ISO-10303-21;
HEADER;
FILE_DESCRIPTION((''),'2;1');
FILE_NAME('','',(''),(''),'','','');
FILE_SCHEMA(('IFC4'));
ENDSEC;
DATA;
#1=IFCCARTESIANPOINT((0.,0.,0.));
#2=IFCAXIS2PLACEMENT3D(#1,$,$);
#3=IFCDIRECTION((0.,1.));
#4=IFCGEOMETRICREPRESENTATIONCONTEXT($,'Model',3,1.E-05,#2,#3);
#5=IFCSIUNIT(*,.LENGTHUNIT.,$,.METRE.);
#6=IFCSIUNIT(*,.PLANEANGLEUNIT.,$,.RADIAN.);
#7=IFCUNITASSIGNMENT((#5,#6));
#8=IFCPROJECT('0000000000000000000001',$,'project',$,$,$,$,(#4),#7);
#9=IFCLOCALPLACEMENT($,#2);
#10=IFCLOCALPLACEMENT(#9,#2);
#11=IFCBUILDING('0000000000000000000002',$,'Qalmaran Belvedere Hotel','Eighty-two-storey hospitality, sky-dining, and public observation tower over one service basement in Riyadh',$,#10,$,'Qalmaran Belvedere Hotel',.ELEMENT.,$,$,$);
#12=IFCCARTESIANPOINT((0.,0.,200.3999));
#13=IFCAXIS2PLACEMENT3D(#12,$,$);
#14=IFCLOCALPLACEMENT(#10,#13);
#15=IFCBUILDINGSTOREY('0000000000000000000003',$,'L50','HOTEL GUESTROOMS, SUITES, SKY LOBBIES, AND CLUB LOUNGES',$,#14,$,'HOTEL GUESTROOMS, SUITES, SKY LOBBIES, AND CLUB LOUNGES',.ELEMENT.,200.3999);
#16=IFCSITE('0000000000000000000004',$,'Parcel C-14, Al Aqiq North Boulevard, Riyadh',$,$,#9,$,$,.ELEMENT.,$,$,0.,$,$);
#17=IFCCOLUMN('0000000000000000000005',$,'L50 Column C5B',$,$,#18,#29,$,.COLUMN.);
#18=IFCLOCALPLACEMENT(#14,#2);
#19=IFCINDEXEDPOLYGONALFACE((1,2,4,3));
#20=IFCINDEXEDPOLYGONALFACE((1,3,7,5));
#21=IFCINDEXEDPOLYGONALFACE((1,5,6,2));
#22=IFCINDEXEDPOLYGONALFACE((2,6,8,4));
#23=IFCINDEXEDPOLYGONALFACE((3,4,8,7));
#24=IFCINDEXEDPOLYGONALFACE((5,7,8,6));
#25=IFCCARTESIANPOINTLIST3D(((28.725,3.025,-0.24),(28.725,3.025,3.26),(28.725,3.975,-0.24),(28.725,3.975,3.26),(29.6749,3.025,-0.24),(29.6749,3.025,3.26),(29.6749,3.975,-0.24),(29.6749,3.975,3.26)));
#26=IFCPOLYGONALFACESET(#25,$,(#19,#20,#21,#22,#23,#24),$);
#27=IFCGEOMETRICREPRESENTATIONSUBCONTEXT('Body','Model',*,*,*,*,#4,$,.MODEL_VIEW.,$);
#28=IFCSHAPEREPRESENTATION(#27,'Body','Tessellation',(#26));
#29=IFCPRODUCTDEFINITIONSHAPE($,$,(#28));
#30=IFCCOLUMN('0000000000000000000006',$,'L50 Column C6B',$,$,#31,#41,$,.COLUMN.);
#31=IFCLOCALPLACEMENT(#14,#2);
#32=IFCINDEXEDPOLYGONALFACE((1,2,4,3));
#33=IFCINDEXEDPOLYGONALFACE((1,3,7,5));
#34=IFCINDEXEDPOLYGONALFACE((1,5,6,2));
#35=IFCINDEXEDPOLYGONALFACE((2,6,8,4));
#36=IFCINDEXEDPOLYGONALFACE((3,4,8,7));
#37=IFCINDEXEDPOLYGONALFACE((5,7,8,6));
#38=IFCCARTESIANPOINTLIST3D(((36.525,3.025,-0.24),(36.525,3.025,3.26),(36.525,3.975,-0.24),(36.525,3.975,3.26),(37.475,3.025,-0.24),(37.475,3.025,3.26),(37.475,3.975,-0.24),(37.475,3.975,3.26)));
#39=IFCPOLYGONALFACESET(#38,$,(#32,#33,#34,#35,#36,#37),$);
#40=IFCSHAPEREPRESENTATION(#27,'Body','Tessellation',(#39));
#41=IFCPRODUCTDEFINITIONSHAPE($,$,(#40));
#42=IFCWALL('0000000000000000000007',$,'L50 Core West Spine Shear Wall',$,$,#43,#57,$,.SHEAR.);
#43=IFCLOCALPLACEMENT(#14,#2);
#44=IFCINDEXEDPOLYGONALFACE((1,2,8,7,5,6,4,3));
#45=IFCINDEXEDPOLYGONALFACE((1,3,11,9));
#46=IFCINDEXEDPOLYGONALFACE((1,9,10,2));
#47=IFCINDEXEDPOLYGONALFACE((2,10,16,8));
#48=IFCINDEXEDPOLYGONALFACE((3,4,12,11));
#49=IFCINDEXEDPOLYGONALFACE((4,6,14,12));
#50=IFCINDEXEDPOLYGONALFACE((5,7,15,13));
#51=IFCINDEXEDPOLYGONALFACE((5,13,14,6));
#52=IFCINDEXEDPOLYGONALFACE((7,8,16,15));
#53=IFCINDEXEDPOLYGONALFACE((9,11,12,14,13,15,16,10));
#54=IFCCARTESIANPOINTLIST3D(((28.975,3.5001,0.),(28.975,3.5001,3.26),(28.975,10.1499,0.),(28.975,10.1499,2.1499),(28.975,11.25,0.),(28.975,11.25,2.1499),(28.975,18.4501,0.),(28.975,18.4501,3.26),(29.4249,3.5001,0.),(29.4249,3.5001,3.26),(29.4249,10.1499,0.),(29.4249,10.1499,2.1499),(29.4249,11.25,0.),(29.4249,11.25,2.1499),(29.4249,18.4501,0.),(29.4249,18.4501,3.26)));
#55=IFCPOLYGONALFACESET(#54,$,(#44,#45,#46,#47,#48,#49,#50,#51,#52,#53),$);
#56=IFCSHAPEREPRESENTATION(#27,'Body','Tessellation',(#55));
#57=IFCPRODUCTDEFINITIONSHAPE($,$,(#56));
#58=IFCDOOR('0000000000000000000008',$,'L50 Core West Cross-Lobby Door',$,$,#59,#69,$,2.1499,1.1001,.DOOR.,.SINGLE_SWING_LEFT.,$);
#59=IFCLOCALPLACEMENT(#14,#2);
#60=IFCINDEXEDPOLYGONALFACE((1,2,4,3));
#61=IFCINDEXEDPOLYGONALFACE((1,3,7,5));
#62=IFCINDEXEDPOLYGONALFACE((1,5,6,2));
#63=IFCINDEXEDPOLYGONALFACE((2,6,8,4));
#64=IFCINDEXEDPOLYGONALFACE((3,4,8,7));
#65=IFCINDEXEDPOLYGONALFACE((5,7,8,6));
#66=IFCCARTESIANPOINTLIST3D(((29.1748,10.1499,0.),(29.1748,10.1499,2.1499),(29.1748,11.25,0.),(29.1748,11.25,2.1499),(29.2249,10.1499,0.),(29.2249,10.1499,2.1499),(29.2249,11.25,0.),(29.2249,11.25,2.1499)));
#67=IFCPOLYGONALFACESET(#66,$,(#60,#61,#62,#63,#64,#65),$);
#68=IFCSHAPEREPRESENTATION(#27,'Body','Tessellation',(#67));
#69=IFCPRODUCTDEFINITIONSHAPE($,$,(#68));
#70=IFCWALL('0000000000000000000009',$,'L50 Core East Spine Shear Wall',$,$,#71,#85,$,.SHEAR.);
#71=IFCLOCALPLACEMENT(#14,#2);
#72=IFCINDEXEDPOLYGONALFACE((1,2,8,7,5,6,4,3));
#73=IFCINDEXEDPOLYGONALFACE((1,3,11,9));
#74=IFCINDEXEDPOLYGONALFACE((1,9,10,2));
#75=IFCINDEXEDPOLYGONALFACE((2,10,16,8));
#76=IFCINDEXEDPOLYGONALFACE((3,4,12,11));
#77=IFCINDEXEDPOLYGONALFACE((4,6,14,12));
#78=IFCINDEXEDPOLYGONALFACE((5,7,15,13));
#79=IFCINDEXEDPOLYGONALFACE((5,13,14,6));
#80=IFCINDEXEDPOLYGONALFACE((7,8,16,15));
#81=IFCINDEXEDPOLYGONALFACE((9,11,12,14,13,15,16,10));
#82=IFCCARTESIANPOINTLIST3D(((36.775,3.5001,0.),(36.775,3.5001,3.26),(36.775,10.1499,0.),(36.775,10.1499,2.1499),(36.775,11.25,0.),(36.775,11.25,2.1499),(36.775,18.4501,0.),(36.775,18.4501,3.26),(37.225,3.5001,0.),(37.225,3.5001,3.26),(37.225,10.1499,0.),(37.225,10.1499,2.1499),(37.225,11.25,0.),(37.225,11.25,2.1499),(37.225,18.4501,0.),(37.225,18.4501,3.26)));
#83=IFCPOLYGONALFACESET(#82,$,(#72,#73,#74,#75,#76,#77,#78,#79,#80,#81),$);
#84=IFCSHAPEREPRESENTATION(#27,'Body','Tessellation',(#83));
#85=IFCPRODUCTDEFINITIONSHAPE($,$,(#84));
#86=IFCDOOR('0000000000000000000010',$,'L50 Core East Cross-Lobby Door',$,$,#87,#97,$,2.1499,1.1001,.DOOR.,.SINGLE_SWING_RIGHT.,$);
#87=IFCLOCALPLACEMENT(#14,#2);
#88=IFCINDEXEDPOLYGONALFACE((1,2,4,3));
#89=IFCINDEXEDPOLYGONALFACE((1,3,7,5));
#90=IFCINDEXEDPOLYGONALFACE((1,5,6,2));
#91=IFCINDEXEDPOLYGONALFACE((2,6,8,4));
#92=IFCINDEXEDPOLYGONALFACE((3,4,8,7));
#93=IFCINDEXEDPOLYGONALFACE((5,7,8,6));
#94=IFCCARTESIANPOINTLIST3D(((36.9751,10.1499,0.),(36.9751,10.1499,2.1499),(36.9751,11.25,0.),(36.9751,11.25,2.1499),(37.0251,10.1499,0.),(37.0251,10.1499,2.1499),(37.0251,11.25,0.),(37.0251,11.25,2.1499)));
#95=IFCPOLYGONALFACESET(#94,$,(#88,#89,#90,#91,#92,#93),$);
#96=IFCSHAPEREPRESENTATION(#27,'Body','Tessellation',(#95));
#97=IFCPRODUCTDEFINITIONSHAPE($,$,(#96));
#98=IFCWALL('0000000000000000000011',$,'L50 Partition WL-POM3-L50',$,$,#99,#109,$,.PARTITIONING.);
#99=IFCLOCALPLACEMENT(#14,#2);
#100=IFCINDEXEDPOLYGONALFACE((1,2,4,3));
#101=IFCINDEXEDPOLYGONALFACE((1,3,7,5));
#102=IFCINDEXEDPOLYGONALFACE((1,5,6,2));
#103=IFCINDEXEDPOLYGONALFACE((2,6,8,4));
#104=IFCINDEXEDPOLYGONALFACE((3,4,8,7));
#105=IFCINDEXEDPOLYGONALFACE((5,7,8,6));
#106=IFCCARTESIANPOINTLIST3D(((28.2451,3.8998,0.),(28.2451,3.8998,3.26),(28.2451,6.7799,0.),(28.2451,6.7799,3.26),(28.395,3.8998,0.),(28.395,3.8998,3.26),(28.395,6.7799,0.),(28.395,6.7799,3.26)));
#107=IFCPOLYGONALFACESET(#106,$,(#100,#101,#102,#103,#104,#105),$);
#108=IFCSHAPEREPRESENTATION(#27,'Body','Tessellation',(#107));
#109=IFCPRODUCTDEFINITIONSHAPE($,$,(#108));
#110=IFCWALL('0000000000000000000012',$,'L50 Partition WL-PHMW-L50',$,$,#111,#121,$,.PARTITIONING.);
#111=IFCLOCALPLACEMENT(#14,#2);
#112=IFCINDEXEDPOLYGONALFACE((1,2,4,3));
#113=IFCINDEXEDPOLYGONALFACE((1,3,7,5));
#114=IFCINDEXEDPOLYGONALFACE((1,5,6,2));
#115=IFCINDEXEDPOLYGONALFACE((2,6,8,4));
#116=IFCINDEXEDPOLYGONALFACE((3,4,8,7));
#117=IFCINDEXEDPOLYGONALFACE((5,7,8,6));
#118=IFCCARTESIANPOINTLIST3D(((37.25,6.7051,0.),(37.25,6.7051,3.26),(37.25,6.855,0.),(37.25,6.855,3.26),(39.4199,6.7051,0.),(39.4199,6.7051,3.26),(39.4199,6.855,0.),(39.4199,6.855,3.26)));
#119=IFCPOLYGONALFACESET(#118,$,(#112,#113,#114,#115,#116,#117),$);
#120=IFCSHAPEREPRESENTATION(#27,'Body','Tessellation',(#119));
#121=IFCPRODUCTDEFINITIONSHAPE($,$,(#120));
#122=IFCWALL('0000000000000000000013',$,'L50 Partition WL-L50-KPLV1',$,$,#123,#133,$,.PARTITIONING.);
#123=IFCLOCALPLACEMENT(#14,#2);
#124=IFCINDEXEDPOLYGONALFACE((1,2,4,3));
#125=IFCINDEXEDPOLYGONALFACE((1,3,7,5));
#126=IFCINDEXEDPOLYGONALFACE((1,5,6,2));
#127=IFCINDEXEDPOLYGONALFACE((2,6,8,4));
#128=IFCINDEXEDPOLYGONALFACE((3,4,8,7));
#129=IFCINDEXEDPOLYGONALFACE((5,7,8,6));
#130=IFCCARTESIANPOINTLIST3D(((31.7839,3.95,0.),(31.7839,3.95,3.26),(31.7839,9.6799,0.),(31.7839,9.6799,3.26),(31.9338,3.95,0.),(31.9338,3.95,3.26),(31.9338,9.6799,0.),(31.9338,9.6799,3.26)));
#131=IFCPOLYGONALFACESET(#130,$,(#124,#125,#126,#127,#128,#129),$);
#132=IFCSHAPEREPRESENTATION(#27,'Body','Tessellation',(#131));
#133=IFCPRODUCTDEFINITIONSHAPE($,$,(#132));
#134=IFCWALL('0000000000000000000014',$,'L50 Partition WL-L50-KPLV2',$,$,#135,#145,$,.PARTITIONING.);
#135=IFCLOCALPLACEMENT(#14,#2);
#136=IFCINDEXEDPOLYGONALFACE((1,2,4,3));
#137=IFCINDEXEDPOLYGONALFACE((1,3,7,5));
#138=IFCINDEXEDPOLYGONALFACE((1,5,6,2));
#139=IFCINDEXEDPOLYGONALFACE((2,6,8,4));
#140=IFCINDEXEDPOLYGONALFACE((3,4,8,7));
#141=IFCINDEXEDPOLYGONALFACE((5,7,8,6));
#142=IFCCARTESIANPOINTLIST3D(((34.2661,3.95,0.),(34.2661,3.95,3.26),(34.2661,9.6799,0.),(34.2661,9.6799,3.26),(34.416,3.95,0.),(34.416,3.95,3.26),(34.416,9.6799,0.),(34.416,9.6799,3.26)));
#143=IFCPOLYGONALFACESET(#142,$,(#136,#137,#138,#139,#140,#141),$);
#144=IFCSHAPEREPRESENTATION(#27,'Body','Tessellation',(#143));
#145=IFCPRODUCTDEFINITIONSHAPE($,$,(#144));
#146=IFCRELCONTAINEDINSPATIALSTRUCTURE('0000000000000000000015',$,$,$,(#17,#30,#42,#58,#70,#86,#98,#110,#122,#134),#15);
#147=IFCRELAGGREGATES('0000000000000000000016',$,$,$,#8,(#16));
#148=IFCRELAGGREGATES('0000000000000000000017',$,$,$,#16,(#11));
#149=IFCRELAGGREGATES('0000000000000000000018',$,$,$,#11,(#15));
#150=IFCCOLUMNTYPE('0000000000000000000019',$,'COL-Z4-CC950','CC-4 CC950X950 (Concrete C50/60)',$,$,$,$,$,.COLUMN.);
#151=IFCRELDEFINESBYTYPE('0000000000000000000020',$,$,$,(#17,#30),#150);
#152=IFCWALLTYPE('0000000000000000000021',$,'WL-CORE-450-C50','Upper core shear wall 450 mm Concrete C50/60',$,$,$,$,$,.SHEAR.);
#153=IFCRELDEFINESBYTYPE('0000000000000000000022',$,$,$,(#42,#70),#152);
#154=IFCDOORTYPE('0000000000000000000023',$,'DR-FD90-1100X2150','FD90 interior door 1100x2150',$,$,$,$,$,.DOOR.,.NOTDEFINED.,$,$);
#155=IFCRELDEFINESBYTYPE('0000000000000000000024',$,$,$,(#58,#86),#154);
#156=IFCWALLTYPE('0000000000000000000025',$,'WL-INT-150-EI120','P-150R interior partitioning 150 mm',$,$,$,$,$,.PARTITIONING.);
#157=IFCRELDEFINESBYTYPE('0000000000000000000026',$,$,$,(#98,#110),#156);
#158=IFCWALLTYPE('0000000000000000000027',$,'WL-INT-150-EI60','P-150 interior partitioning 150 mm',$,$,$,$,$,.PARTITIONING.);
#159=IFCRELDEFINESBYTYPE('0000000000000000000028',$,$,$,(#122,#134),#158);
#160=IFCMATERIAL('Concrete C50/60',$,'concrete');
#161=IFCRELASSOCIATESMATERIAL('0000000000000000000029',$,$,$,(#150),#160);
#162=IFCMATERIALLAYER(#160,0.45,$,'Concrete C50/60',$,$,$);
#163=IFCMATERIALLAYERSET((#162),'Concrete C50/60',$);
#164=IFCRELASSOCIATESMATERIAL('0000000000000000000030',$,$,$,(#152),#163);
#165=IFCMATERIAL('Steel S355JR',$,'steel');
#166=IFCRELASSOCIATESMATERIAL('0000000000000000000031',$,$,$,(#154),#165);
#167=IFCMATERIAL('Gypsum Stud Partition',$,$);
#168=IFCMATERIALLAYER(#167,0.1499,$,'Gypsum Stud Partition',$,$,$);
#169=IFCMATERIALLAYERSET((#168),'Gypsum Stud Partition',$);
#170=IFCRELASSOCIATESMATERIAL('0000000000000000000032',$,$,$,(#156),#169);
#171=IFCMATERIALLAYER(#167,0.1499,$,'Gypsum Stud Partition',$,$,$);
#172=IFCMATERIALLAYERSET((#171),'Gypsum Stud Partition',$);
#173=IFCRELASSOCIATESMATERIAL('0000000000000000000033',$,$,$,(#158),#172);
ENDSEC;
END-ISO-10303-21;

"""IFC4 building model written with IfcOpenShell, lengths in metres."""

from ifc_helpers import new_model, si_unit, direction, frame, frame_2d, origin, origin_2d, place, context, subcontext, project, spatial, rectangle, extrude, material, layer, layer_set, material_profile, profile_set, type_object, element, fill, save


model = new_model("IFC4")

# Units and contexts
model_context = context("Model", 3, precision=1e-05, world=origin(), true_north=direction((0.0, 1.0)))
body_context = subcontext(model_context, "Body", "Model", "MODEL_VIEW")
ifc_project = project(units=[si_unit("LENGTHUNIT", "METRE"), si_unit("PLANEANGLEUNIT", "RADIAN")], contexts=[model_context])

# Site, building, storey
site_placement = place(None, origin())
site = spatial("IfcSite", under=ifc_project, at=site_placement, Name="Parcel C-14, Al Aqiq North Boulevard, Riyadh", CompositionType="ELEMENT", RefElevation=0.0)
building_placement = place(site_placement, origin())
building = spatial("IfcBuilding", under=site, at=building_placement, Name="Qalmaran Belvedere Hotel", Description="Eighty-two-storey hospitality, sky-dining, and public observation tower over one service basement in Riyadh", LongName="Qalmaran Belvedere Hotel", CompositionType="ELEMENT")
storey_placement = place(building_placement, frame((0.0, 0.0, 200.3999)))
storey = spatial("IfcBuildingStorey", under=building, at=storey_placement, Name="L50", Description="HOTEL GUESTROOMS, SUITES, SKY LOBBIES, AND CLUB LOUNGES", LongName="HOTEL GUESTROOMS, SUITES, SKY LOBBIES, AND CLUB LOUNGES", CompositionType="ELEMENT", Elevation=200.3999)

# Columns
ifc_material_1 = material(Name="Concrete C50/60", Category="concrete")
ifc_material_profile = material_profile(ifc_material_1, rectangle(XDim=0.95, YDim=0.95, at=origin_2d()), Name="CC950X950")
ifc_profile_set = profile_set([ifc_material_profile], Name="Concrete C50/60")
column_type = type_object("IfcColumnType", Name="COL-Z4-CC950", Description="CC-4 CC950X950 (Concrete C50/60)", PredefinedType="COLUMN", material=ifc_profile_set)
for number, where, z_axis, x_axis, name in (
    (1, (29.2, 3.5, -0.24), (0.0, 0.0, 1.0), (1.0, 0.0, 0.0), "L50 Column C5B"),
    (2, (37.0, 3.5, -0.24), (0.0, 0.0, 1.0), (1.0, 0.0, 0.0), "L50 Column C6B"),
):
    element("IfcColumn", number, at=place(storey_placement, frame(where, z_axis=z_axis, x_axis=x_axis)), inside=storey, type_object=column_type, Name=name, PredefinedType="COLUMN", context=body_context, shape_type="SweptSolid", body=[
        extrude(rectangle(XDim=0.95, YDim=0.95, at=origin_2d()), origin(), (0.0, 0.0, 1.0), 3.5),
    ])

# Walls, openings, doors
ifc_layer_1 = layer(ifc_material_1, 0.45, Name="Concrete C50/60")
ifc_layer_set_1 = layer_set([ifc_layer_1], Name="Concrete C50/60")
wall_type_1 = type_object("IfcWallType", Name="WL-CORE-450-C50", Description="Upper core shear wall 450 mm Concrete C50/60", PredefinedType="SHEAR", material=ifc_layer_set_1)
wall_1_placement = place(storey_placement, frame((29.2, 3.5, 0.0), z_axis=(0.0, 0.0, 1.0), x_axis=(0.0, 1.0, 0.0)))
wall_1 = element("IfcWall", 3, at=wall_1_placement, inside=storey, type_object=wall_type_1, Name="L50 Core West Spine Shear Wall", PredefinedType="SHEAR", context=body_context, shape_type="SweptSolid", body=[
    extrude(rectangle(XDim=14.95, YDim=0.45, at=frame_2d((7.4751, 0.0))), origin(), (0.0, 0.0, 1.0), 3.26),
])
opening_1_placement = place(wall_1_placement, frame((7.75, 0.0, 0.0), z_axis=(0.0, 0.0, 1.0), x_axis=(-1.0, 0.0, 0.0)))
opening_1 = element("IfcOpeningElement", 4, at=opening_1_placement, cuts=wall_1, PredefinedType="OPENING", context=body_context, shape_type="SweptSolid", body=[
    extrude(rectangle(XDim=1.1001, YDim=2.1499, at=frame_2d((0.55, 1.075))), frame((0.0, 0.2349, 0.0), z_axis=(0.0, -1.0, 0.0), x_axis=(1.0, 0.0, 0.0)), (0.0, 0.0, 1.0), 0.47),
])
ifc_material_2 = material(Name="Steel S355JR", Category="steel")
door_type_1 = type_object("IfcDoorType", Name="DR-FD90-1100X2150", Description="FD90 interior door 1100x2150", OperationType="NOTDEFINED", PredefinedType="DOOR", material=ifc_material_2)
door_1_placement = place(opening_1_placement, origin())
door_1 = element("IfcDoor", 5, at=door_1_placement, inside=storey, type_object=door_type_1, Name="L50 Core West Cross-Lobby Door", OperationType="SINGLE_SWING_LEFT", OverallHeight=2.1499, OverallWidth=1.1001, PredefinedType="DOOR", context=body_context, shape_type="SweptSolid", body=[
    extrude(rectangle(XDim=1.1001, YDim=2.1499, at=frame_2d((0.55, 1.075))), frame((0.0, 0.0249, 0.0), z_axis=(0.0, -1.0, 0.0), x_axis=(1.0, 0.0, 0.0)), (0.0, 0.0, 1.0), 0.05),
])
fill(opening_1, door_1)
wall_2_placement = place(storey_placement, frame((37.0, 3.5, 0.0), z_axis=(0.0, 0.0, 1.0), x_axis=(0.0, 1.0, 0.0)))
wall_2 = element("IfcWall", 6, at=wall_2_placement, inside=storey, type_object=wall_type_1, Name="L50 Core East Spine Shear Wall", PredefinedType="SHEAR", context=body_context, shape_type="SweptSolid", body=[
    extrude(rectangle(XDim=14.95, YDim=0.45, at=frame_2d((7.4751, 0.0))), origin(), (0.0, 0.0, 1.0), 3.26),
])
opening_2_placement = place(wall_2_placement, frame((6.6499, 0.0, 0.0)))
opening_2 = element("IfcOpeningElement", 7, at=opening_2_placement, cuts=wall_2, PredefinedType="OPENING", context=body_context, shape_type="SweptSolid", body=[
    extrude(rectangle(XDim=1.1001, YDim=2.1499, at=frame_2d((0.55, 1.075))), frame((0.0, 0.2349, 0.0), z_axis=(0.0, -1.0, 0.0), x_axis=(1.0, 0.0, 0.0)), (0.0, 0.0, 1.0), 0.47),
])
door_2_placement = place(opening_2_placement, origin())
door_2 = element("IfcDoor", 8, at=door_2_placement, inside=storey, type_object=door_type_1, Name="L50 Core East Cross-Lobby Door", OperationType="SINGLE_SWING_RIGHT", OverallHeight=2.1499, OverallWidth=1.1001, PredefinedType="DOOR", context=body_context, shape_type="SweptSolid", body=[
    extrude(rectangle(XDim=1.1001, YDim=2.1499, at=frame_2d((0.55, 1.075))), frame((0.0, 0.0249, 0.0), z_axis=(0.0, -1.0, 0.0), x_axis=(1.0, 0.0, 0.0)), (0.0, 0.0, 1.0), 0.05),
])
fill(opening_2, door_2)

# Walls
ifc_material_3 = material(Name="Gypsum Stud Partition")
ifc_layer_2 = layer(ifc_material_3, 0.1499, Name="Gypsum Stud Partition")
ifc_layer_set_2 = layer_set([ifc_layer_2], Name="Gypsum Stud Partition")
wall_type_2 = type_object("IfcWallType", Name="WL-INT-150-EI120", Description="P-150R interior partitioning 150 mm", PredefinedType="PARTITIONING", material=ifc_layer_set_2)
wall_3_placement = place(storey_placement, frame((28.3201, 3.8999, 0.0), z_axis=(0.0, 0.0, 1.0), x_axis=(0.0, 1.0, 0.0)))
element("IfcWall", 9, at=wall_3_placement, inside=storey, type_object=wall_type_2, Name="L50 Partition WL-POM3-L50", PredefinedType="PARTITIONING", context=body_context, shape_type="SweptSolid", body=[
    extrude(rectangle(XDim=2.8801, YDim=0.1499, at=frame_2d((1.4399, 0.0))), origin(), (0.0, 0.0, 1.0), 3.26),
])
wall_4_placement = place(storey_placement, frame((37.25, 6.78, 0.0), z_axis=(0.0, 0.0, 1.0), x_axis=(1.0, 0.0, 0.0)))
element("IfcWall", 10, at=wall_4_placement, inside=storey, type_object=wall_type_2, Name="L50 Partition WL-PHMW-L50", PredefinedType="PARTITIONING", context=body_context, shape_type="SweptSolid", body=[
    extrude(rectangle(XDim=2.1699, YDim=0.1499, at=frame_2d((1.085, 0.0))), origin(), (0.0, 0.0, 1.0), 3.26),
])
ifc_layer_3 = layer(ifc_material_3, 0.1499, Name="Gypsum Stud Partition")
ifc_layer_set_3 = layer_set([ifc_layer_3], Name="Gypsum Stud Partition")
wall_type_3 = type_object("IfcWallType", Name="WL-INT-150-EI60", Description="P-150 interior partitioning 150 mm", PredefinedType="PARTITIONING", material=ifc_layer_set_3)
for number, where, z_axis, x_axis, name in (
    (11, (31.8589, 3.95, 0.0), (0.0, 0.0, 1.0), (0.0, 1.0, 0.0), "L50 Partition WL-L50-KPLV1"),
    (12, (34.3411, 3.95, 0.0), (0.0, 0.0, 1.0), (0.0, 1.0, 0.0), "L50 Partition WL-L50-KPLV2"),
):
    element("IfcWall", number, at=place(storey_placement, frame(where, z_axis=z_axis, x_axis=x_axis)), inside=storey, type_object=wall_type_3, Name=name, PredefinedType="PARTITIONING", context=body_context, shape_type="SweptSolid", body=[
        extrude(rectangle(XDim=5.73, YDim=0.1499, at=frame_2d((2.865, 0.0))), origin(), (0.0, 0.0, 1.0), 3.26),
    ])

save(model, "model.ifc")
